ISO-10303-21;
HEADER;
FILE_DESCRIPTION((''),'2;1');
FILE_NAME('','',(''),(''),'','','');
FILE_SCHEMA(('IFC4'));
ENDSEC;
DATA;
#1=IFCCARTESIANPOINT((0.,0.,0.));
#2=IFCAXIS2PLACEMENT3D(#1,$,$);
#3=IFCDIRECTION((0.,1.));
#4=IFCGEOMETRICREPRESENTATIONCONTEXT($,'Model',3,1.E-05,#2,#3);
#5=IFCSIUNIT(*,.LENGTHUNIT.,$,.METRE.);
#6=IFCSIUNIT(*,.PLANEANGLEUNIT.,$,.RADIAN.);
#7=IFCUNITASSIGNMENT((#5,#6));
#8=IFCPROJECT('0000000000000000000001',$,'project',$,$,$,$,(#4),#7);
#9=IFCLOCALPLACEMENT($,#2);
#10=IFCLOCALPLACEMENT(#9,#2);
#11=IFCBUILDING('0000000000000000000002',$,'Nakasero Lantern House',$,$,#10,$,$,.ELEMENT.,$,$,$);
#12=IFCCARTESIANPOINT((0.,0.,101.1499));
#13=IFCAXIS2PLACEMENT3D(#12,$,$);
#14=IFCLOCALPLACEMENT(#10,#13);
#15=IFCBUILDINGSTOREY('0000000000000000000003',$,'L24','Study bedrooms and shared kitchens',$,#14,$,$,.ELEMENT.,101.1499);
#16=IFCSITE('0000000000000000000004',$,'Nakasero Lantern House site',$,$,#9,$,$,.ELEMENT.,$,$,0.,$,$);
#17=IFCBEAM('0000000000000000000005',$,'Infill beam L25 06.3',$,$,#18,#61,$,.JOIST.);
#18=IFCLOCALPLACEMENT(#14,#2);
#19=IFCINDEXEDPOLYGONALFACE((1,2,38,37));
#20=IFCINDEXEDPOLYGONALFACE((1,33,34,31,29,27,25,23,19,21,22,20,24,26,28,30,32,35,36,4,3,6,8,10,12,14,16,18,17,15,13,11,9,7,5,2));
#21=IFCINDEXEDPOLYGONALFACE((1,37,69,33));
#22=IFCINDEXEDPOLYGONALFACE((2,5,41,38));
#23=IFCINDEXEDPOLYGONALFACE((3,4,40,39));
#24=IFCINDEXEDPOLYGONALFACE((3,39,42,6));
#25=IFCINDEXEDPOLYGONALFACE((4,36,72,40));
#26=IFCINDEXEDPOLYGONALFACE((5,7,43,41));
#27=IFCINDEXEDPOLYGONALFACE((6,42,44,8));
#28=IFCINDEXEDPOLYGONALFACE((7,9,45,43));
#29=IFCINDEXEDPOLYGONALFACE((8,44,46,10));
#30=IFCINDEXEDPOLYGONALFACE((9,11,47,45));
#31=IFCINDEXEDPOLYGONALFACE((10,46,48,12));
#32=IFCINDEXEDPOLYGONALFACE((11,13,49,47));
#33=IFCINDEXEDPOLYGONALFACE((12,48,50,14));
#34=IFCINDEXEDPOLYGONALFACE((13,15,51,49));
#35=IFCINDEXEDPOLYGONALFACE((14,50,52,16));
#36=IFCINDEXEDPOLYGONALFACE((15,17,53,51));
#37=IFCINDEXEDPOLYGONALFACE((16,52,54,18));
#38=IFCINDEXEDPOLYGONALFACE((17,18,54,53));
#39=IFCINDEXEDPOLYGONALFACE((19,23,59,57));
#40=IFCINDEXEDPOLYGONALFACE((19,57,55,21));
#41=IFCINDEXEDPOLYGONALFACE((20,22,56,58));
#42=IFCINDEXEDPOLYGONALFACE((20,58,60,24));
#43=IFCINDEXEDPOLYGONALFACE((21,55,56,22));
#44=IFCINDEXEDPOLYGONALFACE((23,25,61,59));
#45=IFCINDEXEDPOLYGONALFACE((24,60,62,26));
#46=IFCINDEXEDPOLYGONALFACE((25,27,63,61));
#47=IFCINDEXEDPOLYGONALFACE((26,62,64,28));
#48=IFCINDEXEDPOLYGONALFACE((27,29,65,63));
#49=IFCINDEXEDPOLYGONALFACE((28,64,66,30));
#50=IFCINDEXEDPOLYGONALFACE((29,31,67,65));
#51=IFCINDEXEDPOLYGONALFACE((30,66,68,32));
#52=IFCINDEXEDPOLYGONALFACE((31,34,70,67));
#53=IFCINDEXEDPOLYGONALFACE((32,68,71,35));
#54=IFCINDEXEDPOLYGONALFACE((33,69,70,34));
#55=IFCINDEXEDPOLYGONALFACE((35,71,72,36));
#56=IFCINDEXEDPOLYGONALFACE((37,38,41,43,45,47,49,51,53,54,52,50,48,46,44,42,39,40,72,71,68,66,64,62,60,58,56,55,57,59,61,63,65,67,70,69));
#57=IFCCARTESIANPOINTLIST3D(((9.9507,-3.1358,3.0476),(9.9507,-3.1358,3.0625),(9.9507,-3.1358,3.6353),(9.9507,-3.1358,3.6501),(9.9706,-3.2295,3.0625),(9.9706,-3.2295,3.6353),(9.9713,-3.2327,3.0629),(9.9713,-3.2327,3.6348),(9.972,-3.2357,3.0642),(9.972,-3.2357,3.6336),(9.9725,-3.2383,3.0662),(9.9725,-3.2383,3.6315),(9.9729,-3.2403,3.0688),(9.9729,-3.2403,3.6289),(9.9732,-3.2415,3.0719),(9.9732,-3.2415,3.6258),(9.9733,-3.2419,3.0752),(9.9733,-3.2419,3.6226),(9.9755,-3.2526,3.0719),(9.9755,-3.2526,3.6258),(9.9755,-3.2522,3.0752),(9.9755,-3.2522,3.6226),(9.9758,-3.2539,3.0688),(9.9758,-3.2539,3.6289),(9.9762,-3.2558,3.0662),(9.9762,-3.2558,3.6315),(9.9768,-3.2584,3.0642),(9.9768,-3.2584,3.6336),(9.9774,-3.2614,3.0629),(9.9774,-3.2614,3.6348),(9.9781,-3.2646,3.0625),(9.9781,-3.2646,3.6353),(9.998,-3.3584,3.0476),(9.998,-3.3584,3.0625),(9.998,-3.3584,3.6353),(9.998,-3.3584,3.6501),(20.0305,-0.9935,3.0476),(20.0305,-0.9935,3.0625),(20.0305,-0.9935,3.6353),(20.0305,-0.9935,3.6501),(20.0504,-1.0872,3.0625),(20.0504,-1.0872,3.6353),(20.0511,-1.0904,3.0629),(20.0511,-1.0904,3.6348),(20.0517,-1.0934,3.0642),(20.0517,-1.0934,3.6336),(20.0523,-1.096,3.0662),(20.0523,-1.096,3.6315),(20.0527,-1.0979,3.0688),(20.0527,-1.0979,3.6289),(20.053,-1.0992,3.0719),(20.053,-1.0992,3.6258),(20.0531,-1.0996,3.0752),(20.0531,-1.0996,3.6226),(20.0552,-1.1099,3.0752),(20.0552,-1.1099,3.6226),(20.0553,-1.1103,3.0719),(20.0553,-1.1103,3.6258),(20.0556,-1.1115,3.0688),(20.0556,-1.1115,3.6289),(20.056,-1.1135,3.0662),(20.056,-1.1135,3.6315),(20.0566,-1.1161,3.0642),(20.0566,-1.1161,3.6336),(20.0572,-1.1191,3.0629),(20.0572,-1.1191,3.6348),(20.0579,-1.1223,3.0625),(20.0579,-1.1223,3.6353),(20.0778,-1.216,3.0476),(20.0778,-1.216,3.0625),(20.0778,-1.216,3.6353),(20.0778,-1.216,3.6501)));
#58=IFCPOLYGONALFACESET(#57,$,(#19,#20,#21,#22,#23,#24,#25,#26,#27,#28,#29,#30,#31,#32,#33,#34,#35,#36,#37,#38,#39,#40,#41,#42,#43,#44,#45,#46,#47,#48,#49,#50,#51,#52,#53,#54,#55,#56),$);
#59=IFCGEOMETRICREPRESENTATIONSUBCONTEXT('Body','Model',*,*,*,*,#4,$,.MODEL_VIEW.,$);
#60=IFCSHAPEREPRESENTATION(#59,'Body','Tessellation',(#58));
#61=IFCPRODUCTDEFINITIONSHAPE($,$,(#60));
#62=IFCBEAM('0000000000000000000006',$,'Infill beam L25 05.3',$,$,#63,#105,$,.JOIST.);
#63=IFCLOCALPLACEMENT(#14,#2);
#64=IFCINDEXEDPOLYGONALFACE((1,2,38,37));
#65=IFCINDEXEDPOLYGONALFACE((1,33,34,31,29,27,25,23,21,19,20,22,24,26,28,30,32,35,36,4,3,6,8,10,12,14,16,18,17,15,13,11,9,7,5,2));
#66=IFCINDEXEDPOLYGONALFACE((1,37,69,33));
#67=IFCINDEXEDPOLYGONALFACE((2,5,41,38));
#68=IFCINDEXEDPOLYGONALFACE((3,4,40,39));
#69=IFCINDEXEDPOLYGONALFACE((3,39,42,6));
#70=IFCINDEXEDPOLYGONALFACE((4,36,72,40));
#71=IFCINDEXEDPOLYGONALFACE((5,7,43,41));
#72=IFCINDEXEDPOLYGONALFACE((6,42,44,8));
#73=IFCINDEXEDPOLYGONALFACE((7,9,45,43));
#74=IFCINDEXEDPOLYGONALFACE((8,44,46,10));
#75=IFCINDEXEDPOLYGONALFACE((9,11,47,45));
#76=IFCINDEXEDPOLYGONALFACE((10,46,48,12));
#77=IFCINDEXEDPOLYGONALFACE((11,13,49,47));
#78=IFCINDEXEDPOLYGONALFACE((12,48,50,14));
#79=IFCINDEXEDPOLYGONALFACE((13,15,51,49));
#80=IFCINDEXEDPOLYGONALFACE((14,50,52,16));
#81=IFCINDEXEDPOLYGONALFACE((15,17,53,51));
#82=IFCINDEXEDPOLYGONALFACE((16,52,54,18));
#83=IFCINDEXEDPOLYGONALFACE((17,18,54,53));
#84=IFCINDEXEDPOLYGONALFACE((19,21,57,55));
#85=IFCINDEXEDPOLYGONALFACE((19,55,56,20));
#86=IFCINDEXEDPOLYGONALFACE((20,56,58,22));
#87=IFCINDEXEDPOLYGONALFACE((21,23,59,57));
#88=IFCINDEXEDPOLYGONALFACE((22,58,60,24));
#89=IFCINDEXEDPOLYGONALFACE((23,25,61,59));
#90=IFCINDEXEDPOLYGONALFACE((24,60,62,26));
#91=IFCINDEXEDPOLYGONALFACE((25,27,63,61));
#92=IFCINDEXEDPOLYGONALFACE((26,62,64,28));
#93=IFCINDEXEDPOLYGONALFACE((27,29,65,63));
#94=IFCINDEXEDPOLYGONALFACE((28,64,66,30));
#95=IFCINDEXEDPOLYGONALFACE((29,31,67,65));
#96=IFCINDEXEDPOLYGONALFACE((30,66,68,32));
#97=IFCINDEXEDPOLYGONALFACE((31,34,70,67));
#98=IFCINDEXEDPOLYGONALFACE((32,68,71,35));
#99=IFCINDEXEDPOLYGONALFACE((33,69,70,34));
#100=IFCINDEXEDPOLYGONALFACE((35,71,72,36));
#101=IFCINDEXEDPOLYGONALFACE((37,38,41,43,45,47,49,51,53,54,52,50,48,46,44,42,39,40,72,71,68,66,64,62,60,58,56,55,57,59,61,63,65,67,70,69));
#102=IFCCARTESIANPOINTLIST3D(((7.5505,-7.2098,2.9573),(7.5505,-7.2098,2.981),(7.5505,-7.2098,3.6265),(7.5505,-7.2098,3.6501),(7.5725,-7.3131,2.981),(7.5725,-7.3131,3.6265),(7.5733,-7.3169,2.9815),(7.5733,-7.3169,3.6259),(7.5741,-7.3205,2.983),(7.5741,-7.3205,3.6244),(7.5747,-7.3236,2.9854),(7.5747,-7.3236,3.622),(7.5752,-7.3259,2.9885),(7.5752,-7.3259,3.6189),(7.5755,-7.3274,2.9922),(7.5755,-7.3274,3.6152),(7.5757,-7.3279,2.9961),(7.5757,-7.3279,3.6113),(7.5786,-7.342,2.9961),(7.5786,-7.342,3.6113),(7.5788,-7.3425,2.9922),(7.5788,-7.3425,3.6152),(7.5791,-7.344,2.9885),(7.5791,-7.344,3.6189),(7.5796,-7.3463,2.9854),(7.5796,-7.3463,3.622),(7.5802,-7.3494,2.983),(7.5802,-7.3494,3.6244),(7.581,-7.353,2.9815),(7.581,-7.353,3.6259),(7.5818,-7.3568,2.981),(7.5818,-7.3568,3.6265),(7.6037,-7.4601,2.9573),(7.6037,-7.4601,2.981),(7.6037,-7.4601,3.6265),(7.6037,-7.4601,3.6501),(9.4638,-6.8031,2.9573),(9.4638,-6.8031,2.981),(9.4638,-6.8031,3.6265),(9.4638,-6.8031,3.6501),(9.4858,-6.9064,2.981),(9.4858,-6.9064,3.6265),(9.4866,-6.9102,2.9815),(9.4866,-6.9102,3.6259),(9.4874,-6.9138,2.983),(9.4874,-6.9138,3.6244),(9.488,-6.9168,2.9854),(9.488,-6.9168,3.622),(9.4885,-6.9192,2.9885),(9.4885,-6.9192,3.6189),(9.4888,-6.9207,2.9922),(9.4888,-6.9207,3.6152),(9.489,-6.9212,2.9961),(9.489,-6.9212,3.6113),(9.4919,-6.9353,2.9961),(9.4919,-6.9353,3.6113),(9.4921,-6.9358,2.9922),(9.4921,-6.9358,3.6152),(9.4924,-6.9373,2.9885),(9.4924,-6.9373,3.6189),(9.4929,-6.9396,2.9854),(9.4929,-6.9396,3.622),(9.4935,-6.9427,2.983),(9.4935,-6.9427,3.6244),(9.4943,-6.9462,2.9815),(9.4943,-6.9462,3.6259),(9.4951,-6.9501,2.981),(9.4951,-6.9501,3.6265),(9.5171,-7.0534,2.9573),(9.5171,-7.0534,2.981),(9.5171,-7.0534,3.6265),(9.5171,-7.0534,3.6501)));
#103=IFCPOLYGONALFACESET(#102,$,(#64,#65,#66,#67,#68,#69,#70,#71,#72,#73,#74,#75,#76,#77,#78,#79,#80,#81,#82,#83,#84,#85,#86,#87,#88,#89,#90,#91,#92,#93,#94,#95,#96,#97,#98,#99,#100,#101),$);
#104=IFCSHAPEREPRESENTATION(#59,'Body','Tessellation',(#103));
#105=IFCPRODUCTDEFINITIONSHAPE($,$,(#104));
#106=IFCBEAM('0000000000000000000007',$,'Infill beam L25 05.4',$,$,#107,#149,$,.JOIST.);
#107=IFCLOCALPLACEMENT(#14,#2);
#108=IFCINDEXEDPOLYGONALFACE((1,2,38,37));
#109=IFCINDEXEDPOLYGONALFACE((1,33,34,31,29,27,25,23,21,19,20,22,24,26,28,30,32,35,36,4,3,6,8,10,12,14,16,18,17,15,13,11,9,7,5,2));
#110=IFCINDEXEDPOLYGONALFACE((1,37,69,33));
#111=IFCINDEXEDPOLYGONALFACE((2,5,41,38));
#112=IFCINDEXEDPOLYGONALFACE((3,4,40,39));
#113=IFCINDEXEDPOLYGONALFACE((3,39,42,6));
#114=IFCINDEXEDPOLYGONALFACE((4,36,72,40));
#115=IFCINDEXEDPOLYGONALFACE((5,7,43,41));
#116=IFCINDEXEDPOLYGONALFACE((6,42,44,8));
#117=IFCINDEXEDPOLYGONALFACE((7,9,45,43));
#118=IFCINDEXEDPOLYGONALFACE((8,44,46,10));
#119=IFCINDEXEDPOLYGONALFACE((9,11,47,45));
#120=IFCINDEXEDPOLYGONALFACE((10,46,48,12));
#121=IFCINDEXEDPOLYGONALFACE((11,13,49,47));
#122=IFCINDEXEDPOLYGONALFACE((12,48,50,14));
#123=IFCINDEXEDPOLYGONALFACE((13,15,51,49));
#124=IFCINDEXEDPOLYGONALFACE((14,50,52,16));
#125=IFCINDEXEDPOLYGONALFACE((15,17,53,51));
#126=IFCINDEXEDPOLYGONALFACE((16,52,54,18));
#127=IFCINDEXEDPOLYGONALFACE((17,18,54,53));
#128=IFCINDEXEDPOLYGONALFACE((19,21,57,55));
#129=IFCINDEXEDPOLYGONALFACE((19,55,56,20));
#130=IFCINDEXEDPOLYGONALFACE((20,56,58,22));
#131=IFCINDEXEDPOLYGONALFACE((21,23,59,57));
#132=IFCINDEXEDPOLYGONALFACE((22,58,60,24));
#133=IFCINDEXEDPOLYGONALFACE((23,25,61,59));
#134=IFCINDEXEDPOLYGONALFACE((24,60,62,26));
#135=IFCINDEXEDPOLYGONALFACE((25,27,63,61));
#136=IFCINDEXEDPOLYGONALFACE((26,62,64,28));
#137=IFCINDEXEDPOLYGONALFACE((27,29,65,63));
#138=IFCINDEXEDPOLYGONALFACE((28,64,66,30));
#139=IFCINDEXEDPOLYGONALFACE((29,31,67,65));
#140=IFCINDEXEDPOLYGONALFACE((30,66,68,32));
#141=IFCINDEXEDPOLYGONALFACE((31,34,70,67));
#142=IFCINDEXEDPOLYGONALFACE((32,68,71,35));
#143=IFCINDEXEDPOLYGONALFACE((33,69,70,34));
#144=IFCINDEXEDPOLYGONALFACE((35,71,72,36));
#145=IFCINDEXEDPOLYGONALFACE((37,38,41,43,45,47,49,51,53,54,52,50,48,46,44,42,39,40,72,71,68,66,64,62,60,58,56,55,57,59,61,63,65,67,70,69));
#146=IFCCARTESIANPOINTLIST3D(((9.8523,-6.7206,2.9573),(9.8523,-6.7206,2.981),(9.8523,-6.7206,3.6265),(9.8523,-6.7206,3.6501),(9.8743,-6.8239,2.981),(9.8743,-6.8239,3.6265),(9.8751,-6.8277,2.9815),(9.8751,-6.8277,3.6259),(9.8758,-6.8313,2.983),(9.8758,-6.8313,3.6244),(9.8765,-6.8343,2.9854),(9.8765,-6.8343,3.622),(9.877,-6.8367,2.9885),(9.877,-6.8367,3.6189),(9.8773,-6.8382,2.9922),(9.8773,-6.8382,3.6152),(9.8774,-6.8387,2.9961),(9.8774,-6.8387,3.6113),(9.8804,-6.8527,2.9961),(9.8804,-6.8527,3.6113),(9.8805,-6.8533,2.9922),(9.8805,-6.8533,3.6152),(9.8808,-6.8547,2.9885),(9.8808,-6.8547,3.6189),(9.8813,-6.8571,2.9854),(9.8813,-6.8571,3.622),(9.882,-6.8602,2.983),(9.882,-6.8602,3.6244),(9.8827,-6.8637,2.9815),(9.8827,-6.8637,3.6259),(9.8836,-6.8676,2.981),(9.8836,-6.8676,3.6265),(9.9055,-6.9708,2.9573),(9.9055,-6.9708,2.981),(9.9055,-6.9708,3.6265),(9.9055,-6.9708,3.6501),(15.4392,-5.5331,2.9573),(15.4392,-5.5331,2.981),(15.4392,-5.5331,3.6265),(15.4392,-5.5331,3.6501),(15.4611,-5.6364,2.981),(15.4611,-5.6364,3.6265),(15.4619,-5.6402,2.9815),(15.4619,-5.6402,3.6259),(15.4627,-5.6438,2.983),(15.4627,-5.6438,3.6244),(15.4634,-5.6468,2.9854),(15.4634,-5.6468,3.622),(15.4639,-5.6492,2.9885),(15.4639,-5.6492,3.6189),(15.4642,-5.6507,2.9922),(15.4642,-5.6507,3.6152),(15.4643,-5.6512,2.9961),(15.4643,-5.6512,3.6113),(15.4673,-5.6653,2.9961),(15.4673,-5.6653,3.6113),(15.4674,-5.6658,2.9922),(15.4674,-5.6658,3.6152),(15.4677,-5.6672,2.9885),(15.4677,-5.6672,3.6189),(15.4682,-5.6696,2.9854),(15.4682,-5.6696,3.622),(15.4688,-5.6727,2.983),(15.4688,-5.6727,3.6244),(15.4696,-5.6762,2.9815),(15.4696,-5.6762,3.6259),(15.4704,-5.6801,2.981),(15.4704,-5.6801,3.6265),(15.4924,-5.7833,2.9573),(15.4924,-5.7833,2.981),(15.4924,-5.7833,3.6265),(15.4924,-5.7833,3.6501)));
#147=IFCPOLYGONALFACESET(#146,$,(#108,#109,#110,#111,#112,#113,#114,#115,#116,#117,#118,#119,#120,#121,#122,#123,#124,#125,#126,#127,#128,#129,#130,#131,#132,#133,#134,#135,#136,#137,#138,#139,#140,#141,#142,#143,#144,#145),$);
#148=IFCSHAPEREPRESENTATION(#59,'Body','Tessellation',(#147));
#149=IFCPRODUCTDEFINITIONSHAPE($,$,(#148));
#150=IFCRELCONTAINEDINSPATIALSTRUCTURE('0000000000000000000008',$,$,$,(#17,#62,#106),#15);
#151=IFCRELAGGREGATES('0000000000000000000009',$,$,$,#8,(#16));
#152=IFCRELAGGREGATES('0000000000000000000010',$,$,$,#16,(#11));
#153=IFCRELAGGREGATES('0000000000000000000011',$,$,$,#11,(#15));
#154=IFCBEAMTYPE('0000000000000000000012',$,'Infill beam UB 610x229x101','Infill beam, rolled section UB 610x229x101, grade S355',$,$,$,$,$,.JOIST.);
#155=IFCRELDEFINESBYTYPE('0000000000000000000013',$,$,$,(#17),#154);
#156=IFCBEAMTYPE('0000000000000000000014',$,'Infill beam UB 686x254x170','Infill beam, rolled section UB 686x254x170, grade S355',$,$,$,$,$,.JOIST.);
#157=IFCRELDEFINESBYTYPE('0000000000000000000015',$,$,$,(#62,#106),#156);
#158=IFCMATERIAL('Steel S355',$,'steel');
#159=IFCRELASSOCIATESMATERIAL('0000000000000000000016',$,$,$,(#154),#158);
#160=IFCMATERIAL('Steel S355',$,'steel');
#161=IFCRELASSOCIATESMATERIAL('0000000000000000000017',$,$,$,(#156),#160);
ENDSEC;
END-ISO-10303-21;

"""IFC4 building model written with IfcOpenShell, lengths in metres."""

from ifc_helpers import new_model, si_unit, direction, frame, origin, origin_2d, place, context, subcontext, project, spatial, i_section, extrude, material, material_profile, profile_set, type_object, element, save


model = new_model("IFC4")

# Units and contexts
model_context = context("Model", 3, precision=1e-05, world=origin(), true_north=direction((0.0, 1.0)))
body_context = subcontext(model_context, "Body", "Model", "MODEL_VIEW")
ifc_project = project(units=[si_unit("LENGTHUNIT", "METRE"), si_unit("PLANEANGLEUNIT", "RADIAN")], contexts=[model_context])

# Site, building, storey
site_placement = place(None, origin())
site = spatial("IfcSite", under=ifc_project, at=site_placement, Name="Nakasero Lantern House site", CompositionType="ELEMENT", RefElevation=0.0)
building_placement = place(site_placement, origin())
building = spatial("IfcBuilding", under=site, at=building_placement, Name="Nakasero Lantern House", CompositionType="ELEMENT")
storey_placement = place(building_placement, frame((0.0, 0.0, 101.1499)))
storey = spatial("IfcBuildingStorey", under=building, at=storey_placement, Name="L24", Description="Study bedrooms and shared kitchens", CompositionType="ELEMENT", Elevation=101.1499)

# Beams
ifc_material_1 = material(Name="Steel S355", Category="steel")
ifc_material_profile_1 = material_profile(ifc_material_1, i_section(OverallWidth=0.2275, OverallDepth=0.6025, WebThickness=0.0105, FlangeThickness=0.0149, FilletRadius=0.0127, at=origin_2d()), Name="UB 610x229x101")
ifc_profile_set_1 = profile_set([ifc_material_profile_1], Name="Steel S355")
beam_type_1 = type_object("IfcBeamType", Name="Infill beam UB 610x229x101", Description="Infill beam, rolled section UB 610x229x101, grade S355", PredefinedType="JOIST", material=ifc_profile_set_1)
beam_1_placement = place(storey_placement, frame((9.9744, -3.2471, 3.3489), z_axis=(0.978152, 0.207893, 0.0), x_axis=(-0.207893, 0.978152, 0.0)))
element("IfcBeam", 1, at=beam_1_placement, inside=storey, type_object=beam_type_1, Name="Infill beam L25 06.3", PredefinedType="JOIST", context=body_context, shape_type="SweptSolid", body=[
    extrude(i_section(OverallWidth=0.2275, OverallDepth=0.6025, WebThickness=0.0105, FlangeThickness=0.0149, FilletRadius=0.0127, at=origin_2d()), origin(), (0.0, 0.0, 1.0), 10.3049),
])
ifc_material_2 = material(Name="Steel S355", Category="steel")
ifc_material_profile_2 = material_profile(ifc_material_2, i_section(OverallWidth=0.2559, OverallDepth=0.6929, WebThickness=0.0144, FlangeThickness=0.0237, FilletRadius=0.0151, at=origin_2d()), Name="UB 686x254x170")
ifc_profile_set_2 = profile_set([ifc_material_profile_2], Name="Steel S355")
beam_type_2 = type_object("IfcBeamType", Name="Infill beam UB 686x254x170", Description="Infill beam, rolled section UB 686x254x170, grade S355", PredefinedType="JOIST", material=ifc_profile_set_2)
beam_2_placement = place(storey_placement, frame((7.5771, -7.335, 3.3037), z_axis=(0.978143, 0.207935, 0.0), x_axis=(-0.207935, 0.978143, 0.0)))
element("IfcBeam", 2, at=beam_2_placement, inside=storey, type_object=beam_type_2, Name="Infill beam L25 05.3", PredefinedType="JOIST", context=body_context, shape_type="SweptSolid", body=[
    extrude(i_section(OverallWidth=0.2559, OverallDepth=0.6929, WebThickness=0.0144, FlangeThickness=0.0237, FilletRadius=0.0151, at=origin_2d()), origin(), (0.0, 0.0, 1.0), 1.9561),
])
beam_3_placement = place(storey_placement, frame((9.8789, -6.8457, 3.3037), z_axis=(0.978149, 0.207906, 0.0), x_axis=(-0.207906, 0.978149, 0.0)))
element("IfcBeam", 3, at=beam_3_placement, inside=storey, type_object=beam_type_2, Name="Infill beam L25 05.4", PredefinedType="JOIST", context=body_context, shape_type="SweptSolid", body=[
    extrude(i_section(OverallWidth=0.2559, OverallDepth=0.6929, WebThickness=0.0144, FlangeThickness=0.0237, FilletRadius=0.0151, at=origin_2d()), origin(), (0.0, 0.0, 1.0), 5.7117),
])

save(model, "model.ifc")
